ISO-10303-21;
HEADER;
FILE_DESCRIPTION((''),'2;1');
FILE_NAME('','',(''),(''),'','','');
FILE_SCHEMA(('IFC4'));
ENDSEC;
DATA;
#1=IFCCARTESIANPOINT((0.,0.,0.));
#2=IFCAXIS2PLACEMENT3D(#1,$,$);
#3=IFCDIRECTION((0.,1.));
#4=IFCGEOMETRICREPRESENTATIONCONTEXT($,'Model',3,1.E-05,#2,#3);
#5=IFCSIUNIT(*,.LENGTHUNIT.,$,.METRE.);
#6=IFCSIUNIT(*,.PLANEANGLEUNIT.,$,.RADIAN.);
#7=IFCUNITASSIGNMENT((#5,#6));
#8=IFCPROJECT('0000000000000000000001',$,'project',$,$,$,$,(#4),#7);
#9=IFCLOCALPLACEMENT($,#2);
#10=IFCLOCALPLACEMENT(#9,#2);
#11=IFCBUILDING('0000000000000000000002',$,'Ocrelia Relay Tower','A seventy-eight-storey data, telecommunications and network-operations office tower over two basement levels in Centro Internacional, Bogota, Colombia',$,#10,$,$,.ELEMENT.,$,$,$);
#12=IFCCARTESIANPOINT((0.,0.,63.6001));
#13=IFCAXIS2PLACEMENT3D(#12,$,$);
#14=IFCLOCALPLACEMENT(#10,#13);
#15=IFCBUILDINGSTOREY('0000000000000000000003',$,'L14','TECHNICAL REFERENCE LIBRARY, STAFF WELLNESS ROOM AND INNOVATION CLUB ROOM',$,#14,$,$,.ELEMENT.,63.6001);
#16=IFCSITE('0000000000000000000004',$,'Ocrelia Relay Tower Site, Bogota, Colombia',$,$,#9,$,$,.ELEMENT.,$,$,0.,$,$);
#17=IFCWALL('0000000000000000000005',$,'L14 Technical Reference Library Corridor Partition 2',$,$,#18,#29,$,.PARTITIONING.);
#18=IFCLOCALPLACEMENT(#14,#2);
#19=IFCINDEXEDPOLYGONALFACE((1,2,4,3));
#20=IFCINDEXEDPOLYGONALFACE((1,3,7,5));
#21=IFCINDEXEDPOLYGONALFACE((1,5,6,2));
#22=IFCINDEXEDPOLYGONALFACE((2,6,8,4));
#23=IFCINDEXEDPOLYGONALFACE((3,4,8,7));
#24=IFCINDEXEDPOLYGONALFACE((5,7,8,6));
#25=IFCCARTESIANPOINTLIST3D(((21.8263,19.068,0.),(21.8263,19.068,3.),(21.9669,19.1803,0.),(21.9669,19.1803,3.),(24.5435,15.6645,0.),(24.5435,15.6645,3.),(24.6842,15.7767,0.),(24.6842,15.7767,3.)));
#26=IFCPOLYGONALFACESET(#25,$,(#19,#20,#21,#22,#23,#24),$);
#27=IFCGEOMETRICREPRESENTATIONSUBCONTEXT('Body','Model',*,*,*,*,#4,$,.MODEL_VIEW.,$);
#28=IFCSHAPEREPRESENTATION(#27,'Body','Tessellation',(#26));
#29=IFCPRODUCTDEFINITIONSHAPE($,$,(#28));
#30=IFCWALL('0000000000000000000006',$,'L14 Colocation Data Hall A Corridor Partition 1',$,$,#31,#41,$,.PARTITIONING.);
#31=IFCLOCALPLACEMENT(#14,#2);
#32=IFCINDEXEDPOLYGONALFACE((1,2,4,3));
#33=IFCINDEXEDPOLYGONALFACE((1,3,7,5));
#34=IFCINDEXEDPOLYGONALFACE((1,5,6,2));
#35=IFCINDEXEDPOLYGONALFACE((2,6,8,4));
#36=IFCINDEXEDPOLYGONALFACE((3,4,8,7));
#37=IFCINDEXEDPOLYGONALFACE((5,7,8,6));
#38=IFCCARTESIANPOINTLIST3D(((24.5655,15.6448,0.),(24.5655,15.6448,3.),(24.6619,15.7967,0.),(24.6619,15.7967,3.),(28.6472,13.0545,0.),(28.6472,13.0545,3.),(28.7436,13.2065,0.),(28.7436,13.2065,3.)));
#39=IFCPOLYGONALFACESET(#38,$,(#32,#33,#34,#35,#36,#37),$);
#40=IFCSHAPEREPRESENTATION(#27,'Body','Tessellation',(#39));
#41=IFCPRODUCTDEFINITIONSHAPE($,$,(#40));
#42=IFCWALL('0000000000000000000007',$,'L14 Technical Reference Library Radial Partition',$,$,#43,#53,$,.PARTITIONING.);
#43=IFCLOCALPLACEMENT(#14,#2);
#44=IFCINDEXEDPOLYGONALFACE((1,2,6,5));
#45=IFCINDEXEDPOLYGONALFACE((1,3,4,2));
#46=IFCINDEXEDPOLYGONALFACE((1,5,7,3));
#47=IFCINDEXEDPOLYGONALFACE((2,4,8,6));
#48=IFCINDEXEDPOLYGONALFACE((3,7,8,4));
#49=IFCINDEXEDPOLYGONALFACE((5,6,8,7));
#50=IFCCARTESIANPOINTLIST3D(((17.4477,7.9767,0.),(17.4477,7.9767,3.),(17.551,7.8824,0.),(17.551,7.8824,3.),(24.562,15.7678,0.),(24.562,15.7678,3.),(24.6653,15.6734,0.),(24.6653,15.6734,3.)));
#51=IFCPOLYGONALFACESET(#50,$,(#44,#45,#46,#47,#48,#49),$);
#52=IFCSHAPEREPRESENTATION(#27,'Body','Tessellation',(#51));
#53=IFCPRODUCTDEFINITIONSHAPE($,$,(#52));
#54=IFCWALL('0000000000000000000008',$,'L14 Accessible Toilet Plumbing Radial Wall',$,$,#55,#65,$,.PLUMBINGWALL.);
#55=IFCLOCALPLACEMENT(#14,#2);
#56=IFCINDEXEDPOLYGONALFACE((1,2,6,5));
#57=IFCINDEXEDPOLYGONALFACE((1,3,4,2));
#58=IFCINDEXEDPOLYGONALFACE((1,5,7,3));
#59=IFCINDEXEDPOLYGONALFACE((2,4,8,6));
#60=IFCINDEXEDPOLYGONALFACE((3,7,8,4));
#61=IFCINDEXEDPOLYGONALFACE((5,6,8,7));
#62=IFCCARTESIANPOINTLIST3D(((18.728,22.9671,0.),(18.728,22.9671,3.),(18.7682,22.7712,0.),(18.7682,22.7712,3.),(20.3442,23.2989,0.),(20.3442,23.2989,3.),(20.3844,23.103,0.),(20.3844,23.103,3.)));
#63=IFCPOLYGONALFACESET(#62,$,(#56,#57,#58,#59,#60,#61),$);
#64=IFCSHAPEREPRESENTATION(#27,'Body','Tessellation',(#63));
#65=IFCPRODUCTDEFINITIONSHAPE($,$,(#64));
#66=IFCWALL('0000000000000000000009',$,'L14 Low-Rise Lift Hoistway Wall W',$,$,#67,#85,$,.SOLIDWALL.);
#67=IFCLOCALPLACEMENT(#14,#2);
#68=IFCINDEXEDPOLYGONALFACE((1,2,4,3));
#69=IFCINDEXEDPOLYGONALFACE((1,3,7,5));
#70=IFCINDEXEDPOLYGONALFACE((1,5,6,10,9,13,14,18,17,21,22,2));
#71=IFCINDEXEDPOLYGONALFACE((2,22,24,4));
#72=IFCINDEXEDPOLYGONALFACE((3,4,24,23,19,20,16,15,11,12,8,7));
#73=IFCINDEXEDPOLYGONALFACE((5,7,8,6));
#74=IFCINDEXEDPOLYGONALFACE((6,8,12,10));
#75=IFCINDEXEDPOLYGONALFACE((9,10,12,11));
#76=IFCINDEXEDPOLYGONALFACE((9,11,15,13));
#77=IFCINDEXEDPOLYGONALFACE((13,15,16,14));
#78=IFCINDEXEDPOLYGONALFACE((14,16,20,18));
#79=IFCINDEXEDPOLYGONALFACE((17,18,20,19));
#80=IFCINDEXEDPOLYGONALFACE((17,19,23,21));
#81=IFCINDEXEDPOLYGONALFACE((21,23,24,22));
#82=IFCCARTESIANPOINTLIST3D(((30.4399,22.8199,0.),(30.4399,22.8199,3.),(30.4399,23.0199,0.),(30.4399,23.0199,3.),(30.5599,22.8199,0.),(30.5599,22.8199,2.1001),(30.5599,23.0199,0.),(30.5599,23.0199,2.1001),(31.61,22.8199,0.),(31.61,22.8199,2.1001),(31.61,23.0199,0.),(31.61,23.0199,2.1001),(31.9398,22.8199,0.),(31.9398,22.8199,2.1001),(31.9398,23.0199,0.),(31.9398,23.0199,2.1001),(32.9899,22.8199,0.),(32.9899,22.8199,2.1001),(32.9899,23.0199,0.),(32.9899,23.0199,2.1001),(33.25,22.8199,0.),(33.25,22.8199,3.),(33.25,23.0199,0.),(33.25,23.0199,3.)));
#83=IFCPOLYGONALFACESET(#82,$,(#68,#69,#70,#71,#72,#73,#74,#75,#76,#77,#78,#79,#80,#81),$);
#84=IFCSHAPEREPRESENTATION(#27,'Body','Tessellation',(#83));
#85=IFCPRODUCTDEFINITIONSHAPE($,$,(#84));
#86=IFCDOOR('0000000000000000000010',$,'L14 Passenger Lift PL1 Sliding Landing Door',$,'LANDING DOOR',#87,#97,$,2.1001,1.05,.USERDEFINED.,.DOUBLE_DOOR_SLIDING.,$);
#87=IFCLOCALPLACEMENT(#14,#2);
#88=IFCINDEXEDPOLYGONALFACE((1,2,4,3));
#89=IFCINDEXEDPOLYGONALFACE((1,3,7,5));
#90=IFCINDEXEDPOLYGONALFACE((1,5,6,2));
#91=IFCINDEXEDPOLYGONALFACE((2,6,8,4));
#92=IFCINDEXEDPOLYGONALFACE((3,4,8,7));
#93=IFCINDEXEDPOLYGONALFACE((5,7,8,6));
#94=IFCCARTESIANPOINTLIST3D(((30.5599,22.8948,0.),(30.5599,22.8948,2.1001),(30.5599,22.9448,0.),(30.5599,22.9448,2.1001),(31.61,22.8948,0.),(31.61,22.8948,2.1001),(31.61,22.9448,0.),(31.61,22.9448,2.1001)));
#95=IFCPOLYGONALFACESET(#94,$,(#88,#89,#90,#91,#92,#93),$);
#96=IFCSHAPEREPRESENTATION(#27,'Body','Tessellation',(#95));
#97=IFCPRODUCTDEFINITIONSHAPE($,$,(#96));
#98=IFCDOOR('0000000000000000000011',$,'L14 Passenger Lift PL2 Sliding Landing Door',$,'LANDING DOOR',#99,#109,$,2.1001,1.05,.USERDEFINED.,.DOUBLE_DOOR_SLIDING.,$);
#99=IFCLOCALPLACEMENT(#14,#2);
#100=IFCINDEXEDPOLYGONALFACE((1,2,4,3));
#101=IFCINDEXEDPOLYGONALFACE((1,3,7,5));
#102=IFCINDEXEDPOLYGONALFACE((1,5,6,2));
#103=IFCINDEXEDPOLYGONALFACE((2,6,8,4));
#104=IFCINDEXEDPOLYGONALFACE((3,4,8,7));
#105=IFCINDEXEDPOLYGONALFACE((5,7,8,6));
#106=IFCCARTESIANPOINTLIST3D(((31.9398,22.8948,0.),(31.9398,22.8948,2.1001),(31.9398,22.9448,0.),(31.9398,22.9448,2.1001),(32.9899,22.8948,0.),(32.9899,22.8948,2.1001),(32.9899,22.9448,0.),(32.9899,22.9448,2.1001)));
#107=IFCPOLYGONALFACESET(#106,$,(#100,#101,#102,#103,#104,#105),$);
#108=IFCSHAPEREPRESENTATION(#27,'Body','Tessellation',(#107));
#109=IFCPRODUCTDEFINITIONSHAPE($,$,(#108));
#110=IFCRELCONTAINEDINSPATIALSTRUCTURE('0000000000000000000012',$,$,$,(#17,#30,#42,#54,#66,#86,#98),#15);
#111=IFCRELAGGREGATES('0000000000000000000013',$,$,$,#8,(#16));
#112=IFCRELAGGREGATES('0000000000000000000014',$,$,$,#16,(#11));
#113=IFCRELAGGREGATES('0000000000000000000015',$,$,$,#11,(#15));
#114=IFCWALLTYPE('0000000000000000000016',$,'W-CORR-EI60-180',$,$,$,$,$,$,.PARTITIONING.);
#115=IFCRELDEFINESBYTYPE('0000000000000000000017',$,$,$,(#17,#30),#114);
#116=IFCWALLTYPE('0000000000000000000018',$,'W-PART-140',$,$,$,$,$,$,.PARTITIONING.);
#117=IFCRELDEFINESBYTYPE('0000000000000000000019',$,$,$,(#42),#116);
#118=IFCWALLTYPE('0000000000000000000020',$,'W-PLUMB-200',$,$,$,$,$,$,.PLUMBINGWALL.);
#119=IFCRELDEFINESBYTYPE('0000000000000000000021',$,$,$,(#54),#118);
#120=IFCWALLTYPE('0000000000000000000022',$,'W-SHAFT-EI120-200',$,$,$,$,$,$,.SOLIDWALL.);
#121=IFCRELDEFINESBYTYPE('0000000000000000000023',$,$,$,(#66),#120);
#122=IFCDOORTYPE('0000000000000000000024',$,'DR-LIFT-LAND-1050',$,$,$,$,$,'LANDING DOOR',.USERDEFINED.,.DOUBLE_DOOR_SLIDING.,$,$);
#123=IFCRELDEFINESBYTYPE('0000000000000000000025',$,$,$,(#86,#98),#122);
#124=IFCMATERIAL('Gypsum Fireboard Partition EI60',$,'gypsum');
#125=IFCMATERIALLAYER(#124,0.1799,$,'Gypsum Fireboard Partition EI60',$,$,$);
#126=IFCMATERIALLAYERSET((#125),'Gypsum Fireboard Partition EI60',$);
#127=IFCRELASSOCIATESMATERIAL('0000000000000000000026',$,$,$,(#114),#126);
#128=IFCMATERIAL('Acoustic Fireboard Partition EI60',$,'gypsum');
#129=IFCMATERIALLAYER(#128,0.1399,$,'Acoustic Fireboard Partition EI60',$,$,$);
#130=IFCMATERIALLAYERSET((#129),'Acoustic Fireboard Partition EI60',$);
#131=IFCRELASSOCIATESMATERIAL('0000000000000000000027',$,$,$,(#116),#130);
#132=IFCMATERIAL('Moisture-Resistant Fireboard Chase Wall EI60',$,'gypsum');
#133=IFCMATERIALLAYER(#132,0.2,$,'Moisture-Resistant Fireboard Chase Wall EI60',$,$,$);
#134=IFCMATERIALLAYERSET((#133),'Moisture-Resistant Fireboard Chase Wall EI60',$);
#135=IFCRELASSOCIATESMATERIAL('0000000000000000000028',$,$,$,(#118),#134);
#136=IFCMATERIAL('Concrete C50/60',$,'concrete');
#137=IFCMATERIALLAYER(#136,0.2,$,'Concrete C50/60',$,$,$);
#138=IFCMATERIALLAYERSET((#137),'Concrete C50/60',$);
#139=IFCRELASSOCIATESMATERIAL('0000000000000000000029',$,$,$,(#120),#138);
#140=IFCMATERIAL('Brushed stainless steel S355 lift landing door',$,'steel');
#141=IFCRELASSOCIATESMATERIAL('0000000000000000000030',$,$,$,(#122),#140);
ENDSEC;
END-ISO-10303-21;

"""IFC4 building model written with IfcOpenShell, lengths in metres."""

from ifc_helpers import new_model, si_unit, direction, frame, frame_2d, origin, place, context, subcontext, project, spatial, rectangle, extrude, material, layer, layer_set, type_object, element, fill, save


model = new_model("IFC4")

# Units and contexts
model_context = context("Model", 3, precision=1e-05, world=origin(), true_north=direction((0.0, 1.0)))
body_context = subcontext(model_context, "Body", "Model", "MODEL_VIEW")
ifc_project = project(units=[si_unit("LENGTHUNIT", "METRE"), si_unit("PLANEANGLEUNIT", "RADIAN")], contexts=[model_context])

# Site, building, storey
site_placement = place(None, origin())
site = spatial("IfcSite", under=ifc_project, at=site_placement, Name="Ocrelia Relay Tower Site, Bogota, Colombia", CompositionType="ELEMENT", RefElevation=0.0)
building_placement = place(site_placement, origin())
building = spatial("IfcBuilding", under=site, at=building_placement, Name="Ocrelia Relay Tower", Description="A seventy-eight-storey data, telecommunications and network-operations office tower over two basement levels in Centro Internacional, Bogota, Colombia", CompositionType="ELEMENT")
storey_placement = place(building_placement, frame((0.0, 0.0, 63.6001)))
storey = spatial("IfcBuildingStorey", under=building, at=storey_placement, Name="L14", Description="TECHNICAL REFERENCE LIBRARY, STAFF WELLNESS ROOM AND INNOVATION CLUB ROOM", CompositionType="ELEMENT", Elevation=63.6001)

# Shared definitions
ifc_material_1 = material(Name="Gypsum Fireboard Partition EI60", Category="gypsum")
ifc_layer_1 = layer(ifc_material_1, 0.1799, Name="Gypsum Fireboard Partition EI60")
ifc_layer_set_1 = layer_set([ifc_layer_1], Name="Gypsum Fireboard Partition EI60")
wall_type_1 = type_object("IfcWallType", Name="W-CORR-EI60-180", PredefinedType="PARTITIONING", material=ifc_layer_set_1)

# Walls
wall_1_placement = place(storey_placement, frame((21.8965, 19.1243, 0.0), z_axis=(0.0, 0.0, 1.0), x_axis=(0.623915, -0.781492, 0.0)))
element("IfcWall", 1, at=wall_1_placement, inside=storey, type_object=wall_type_1, Name="L14 Technical Reference Library Corridor Partition 2", PredefinedType="PARTITIONING", context=body_context, shape_type="SweptSolid", body=[
    extrude(rectangle(XDim=4.3552, YDim=0.1799, at=frame_2d((2.1777, 0.0))), origin(), (0.0, 0.0, 1.0), 3.0),
])
wall_2_placement = place(storey_placement, frame((24.6138, 15.7207, 0.0), z_axis=(0.0, 0.0, 1.0), x_axis=(0.844332, -0.53582, 0.0)))
element("IfcWall", 2, at=wall_2_placement, inside=storey, type_object=wall_type_1, Name="L14 Colocation Data Hall A Corridor Partition 1", PredefinedType="PARTITIONING", context=body_context, shape_type="SweptSolid", body=[
    extrude(rectangle(XDim=4.8342, YDim=0.1799, at=frame_2d((2.417, 0.0))), origin(), (0.0, 0.0, 1.0), 3.0),
])
ifc_material_2 = material(Name="Acoustic Fireboard Partition EI60", Category="gypsum")
ifc_layer_2 = layer(ifc_material_2, 0.1399, Name="Acoustic Fireboard Partition EI60")
ifc_layer_set_2 = layer_set([ifc_layer_2], Name="Acoustic Fireboard Partition EI60")
wall_type_2 = type_object("IfcWallType", Name="W-PART-140", PredefinedType="PARTITIONING", material=ifc_layer_set_2)
wall_3_placement = place(storey_placement, frame((24.6138, 15.7207, 0.0), z_axis=(0.0, 0.0, 1.0), x_axis=(-0.674307, -0.738451, 0.0)))
element("IfcWall", 3, at=wall_3_placement, inside=storey, type_object=wall_type_2, Name="L14 Technical Reference Library Radial Partition", PredefinedType="PARTITIONING", context=body_context, shape_type="SweptSolid", body=[
    extrude(rectangle(XDim=10.5505, YDim=0.1399, at=frame_2d((5.2754, 0.0))), origin(), (0.0, 0.0, 1.0), 3.0),
])
ifc_material_3 = material(Name="Moisture-Resistant Fireboard Chase Wall EI60", Category="gypsum")
ifc_layer_3 = layer(ifc_material_3, 0.2, Name="Moisture-Resistant Fireboard Chase Wall EI60")
ifc_layer_set_3 = layer_set([ifc_layer_3], Name="Moisture-Resistant Fireboard Chase Wall EI60")
wall_type_3 = type_object("IfcWallType", Name="W-PLUMB-200", PredefinedType="PLUMBINGWALL", material=ifc_layer_set_3)
wall_4_placement = place(storey_placement, frame((20.3643, 23.2009, 0.0), z_axis=(0.0, 0.0, 1.0), x_axis=(-0.979572, -0.201093, 0.0)))
element("IfcWall", 4, at=wall_4_placement, inside=storey, type_object=wall_type_3, Name="L14 Accessible Toilet Plumbing Radial Wall", PredefinedType="PLUMBINGWALL", context=body_context, shape_type="SweptSolid", body=[
    extrude(rectangle(XDim=1.6499, YDim=0.2, at=frame_2d((0.825, 0.0))), origin(), (0.0, 0.0, 1.0), 3.0),
])

# Wall, openings, doors
ifc_material_4 = material(Name="Concrete C50/60", Category="concrete")
ifc_layer_4 = layer(ifc_material_4, 0.2, Name="Concrete C50/60")
ifc_layer_set_4 = layer_set([ifc_layer_4], Name="Concrete C50/60")
wall_type_4 = type_object("IfcWallType", Name="W-SHAFT-EI120-200", PredefinedType="SOLIDWALL", material=ifc_layer_set_4)
wall_5_placement = place(storey_placement, frame((30.4399, 22.9199, 0.0), z_axis=(0.0, 0.0, 1.0), x_axis=(1.0, 0.0, 0.0)))
wall_5 = element("IfcWall", 5, at=wall_5_placement, inside=storey, type_object=wall_type_4, Name="L14 Low-Rise Lift Hoistway Wall W", PredefinedType="SOLIDWALL", context=body_context, shape_type="SweptSolid", body=[
    extrude(rectangle(XDim=2.8101, YDim=0.2, at=frame_2d((1.405, 0.0))), origin(), (0.0, 0.0, 1.0), 3.0),
])
opening_1_placement = place(wall_5_placement, frame((0.1201, 0.0, 0.0)))
opening_1 = element("IfcOpeningElement", 6, at=opening_1_placement, cuts=wall_5, PredefinedType="OPENING", context=body_context, shape_type="SweptSolid", body=[
    extrude(rectangle(XDim=1.05, YDim=2.1001, at=frame_2d((0.5249, 1.05))), frame((0.0, 0.1099, 0.0), z_axis=(0.0, -1.0, 0.0), x_axis=(1.0, 0.0, 0.0)), (0.0, 0.0, 1.0), 0.22),
])
opening_2_placement = place(wall_5_placement, frame((1.5, 0.0, 0.0)))
opening_2 = element("IfcOpeningElement", 7, at=opening_2_placement, cuts=wall_5, PredefinedType="OPENING", context=body_context, shape_type="SweptSolid", body=[
    extrude(rectangle(XDim=1.05, YDim=2.1001, at=frame_2d((0.5249, 1.05))), frame((0.0, 0.1099, 0.0), z_axis=(0.0, -1.0, 0.0), x_axis=(1.0, 0.0, 0.0)), (0.0, 0.0, 1.0), 0.22),
])
ifc_material_5 = material(Name="Brushed stainless steel S355 lift landing door", Category="steel")
door_type_1 = type_object("IfcDoorType", Name="DR-LIFT-LAND-1050", ElementType="LANDING DOOR", OperationType="DOUBLE_DOOR_SLIDING", PredefinedType="USERDEFINED", material=ifc_material_5)
door_1_placement = place(opening_1_placement, origin())
door_1 = element("IfcDoor", 8, at=door_1_placement, inside=storey, type_object=door_type_1, Name="L14 Passenger Lift PL1 Sliding Landing Door", ObjectType="LANDING DOOR", OperationType="DOUBLE_DOOR_SLIDING", OverallHeight=2.1001, OverallWidth=1.05, PredefinedType="USERDEFINED", context=body_context, shape_type="SweptSolid", body=[
    extrude(rectangle(XDim=1.05, YDim=2.1001, at=frame_2d((0.5249, 1.05))), frame((0.0, 0.0249, 0.0), z_axis=(0.0, -1.0, 0.0), x_axis=(1.0, 0.0, 0.0)), (0.0, 0.0, 1.0), 0.05),
])
fill(opening_1, door_1)
door_2_placement = place(opening_2_placement, origin())
door_2 = element("IfcDoor", 9, at=door_2_placement, inside=storey, type_object=door_type_1, Name="L14 Passenger Lift PL2 Sliding Landing Door", ObjectType="LANDING DOOR", OperationType="DOUBLE_DOOR_SLIDING", OverallHeight=2.1001, OverallWidth=1.05, PredefinedType="USERDEFINED", context=body_context, shape_type="SweptSolid", body=[
    extrude(rectangle(XDim=1.05, YDim=2.1001, at=frame_2d((0.5249, 1.05))), frame((0.0, 0.0249, 0.0), z_axis=(0.0, -1.0, 0.0), x_axis=(1.0, 0.0, 0.0)), (0.0, 0.0, 1.0), 0.05),
])
fill(opening_2, door_2)

save(model, "model.ifc")
